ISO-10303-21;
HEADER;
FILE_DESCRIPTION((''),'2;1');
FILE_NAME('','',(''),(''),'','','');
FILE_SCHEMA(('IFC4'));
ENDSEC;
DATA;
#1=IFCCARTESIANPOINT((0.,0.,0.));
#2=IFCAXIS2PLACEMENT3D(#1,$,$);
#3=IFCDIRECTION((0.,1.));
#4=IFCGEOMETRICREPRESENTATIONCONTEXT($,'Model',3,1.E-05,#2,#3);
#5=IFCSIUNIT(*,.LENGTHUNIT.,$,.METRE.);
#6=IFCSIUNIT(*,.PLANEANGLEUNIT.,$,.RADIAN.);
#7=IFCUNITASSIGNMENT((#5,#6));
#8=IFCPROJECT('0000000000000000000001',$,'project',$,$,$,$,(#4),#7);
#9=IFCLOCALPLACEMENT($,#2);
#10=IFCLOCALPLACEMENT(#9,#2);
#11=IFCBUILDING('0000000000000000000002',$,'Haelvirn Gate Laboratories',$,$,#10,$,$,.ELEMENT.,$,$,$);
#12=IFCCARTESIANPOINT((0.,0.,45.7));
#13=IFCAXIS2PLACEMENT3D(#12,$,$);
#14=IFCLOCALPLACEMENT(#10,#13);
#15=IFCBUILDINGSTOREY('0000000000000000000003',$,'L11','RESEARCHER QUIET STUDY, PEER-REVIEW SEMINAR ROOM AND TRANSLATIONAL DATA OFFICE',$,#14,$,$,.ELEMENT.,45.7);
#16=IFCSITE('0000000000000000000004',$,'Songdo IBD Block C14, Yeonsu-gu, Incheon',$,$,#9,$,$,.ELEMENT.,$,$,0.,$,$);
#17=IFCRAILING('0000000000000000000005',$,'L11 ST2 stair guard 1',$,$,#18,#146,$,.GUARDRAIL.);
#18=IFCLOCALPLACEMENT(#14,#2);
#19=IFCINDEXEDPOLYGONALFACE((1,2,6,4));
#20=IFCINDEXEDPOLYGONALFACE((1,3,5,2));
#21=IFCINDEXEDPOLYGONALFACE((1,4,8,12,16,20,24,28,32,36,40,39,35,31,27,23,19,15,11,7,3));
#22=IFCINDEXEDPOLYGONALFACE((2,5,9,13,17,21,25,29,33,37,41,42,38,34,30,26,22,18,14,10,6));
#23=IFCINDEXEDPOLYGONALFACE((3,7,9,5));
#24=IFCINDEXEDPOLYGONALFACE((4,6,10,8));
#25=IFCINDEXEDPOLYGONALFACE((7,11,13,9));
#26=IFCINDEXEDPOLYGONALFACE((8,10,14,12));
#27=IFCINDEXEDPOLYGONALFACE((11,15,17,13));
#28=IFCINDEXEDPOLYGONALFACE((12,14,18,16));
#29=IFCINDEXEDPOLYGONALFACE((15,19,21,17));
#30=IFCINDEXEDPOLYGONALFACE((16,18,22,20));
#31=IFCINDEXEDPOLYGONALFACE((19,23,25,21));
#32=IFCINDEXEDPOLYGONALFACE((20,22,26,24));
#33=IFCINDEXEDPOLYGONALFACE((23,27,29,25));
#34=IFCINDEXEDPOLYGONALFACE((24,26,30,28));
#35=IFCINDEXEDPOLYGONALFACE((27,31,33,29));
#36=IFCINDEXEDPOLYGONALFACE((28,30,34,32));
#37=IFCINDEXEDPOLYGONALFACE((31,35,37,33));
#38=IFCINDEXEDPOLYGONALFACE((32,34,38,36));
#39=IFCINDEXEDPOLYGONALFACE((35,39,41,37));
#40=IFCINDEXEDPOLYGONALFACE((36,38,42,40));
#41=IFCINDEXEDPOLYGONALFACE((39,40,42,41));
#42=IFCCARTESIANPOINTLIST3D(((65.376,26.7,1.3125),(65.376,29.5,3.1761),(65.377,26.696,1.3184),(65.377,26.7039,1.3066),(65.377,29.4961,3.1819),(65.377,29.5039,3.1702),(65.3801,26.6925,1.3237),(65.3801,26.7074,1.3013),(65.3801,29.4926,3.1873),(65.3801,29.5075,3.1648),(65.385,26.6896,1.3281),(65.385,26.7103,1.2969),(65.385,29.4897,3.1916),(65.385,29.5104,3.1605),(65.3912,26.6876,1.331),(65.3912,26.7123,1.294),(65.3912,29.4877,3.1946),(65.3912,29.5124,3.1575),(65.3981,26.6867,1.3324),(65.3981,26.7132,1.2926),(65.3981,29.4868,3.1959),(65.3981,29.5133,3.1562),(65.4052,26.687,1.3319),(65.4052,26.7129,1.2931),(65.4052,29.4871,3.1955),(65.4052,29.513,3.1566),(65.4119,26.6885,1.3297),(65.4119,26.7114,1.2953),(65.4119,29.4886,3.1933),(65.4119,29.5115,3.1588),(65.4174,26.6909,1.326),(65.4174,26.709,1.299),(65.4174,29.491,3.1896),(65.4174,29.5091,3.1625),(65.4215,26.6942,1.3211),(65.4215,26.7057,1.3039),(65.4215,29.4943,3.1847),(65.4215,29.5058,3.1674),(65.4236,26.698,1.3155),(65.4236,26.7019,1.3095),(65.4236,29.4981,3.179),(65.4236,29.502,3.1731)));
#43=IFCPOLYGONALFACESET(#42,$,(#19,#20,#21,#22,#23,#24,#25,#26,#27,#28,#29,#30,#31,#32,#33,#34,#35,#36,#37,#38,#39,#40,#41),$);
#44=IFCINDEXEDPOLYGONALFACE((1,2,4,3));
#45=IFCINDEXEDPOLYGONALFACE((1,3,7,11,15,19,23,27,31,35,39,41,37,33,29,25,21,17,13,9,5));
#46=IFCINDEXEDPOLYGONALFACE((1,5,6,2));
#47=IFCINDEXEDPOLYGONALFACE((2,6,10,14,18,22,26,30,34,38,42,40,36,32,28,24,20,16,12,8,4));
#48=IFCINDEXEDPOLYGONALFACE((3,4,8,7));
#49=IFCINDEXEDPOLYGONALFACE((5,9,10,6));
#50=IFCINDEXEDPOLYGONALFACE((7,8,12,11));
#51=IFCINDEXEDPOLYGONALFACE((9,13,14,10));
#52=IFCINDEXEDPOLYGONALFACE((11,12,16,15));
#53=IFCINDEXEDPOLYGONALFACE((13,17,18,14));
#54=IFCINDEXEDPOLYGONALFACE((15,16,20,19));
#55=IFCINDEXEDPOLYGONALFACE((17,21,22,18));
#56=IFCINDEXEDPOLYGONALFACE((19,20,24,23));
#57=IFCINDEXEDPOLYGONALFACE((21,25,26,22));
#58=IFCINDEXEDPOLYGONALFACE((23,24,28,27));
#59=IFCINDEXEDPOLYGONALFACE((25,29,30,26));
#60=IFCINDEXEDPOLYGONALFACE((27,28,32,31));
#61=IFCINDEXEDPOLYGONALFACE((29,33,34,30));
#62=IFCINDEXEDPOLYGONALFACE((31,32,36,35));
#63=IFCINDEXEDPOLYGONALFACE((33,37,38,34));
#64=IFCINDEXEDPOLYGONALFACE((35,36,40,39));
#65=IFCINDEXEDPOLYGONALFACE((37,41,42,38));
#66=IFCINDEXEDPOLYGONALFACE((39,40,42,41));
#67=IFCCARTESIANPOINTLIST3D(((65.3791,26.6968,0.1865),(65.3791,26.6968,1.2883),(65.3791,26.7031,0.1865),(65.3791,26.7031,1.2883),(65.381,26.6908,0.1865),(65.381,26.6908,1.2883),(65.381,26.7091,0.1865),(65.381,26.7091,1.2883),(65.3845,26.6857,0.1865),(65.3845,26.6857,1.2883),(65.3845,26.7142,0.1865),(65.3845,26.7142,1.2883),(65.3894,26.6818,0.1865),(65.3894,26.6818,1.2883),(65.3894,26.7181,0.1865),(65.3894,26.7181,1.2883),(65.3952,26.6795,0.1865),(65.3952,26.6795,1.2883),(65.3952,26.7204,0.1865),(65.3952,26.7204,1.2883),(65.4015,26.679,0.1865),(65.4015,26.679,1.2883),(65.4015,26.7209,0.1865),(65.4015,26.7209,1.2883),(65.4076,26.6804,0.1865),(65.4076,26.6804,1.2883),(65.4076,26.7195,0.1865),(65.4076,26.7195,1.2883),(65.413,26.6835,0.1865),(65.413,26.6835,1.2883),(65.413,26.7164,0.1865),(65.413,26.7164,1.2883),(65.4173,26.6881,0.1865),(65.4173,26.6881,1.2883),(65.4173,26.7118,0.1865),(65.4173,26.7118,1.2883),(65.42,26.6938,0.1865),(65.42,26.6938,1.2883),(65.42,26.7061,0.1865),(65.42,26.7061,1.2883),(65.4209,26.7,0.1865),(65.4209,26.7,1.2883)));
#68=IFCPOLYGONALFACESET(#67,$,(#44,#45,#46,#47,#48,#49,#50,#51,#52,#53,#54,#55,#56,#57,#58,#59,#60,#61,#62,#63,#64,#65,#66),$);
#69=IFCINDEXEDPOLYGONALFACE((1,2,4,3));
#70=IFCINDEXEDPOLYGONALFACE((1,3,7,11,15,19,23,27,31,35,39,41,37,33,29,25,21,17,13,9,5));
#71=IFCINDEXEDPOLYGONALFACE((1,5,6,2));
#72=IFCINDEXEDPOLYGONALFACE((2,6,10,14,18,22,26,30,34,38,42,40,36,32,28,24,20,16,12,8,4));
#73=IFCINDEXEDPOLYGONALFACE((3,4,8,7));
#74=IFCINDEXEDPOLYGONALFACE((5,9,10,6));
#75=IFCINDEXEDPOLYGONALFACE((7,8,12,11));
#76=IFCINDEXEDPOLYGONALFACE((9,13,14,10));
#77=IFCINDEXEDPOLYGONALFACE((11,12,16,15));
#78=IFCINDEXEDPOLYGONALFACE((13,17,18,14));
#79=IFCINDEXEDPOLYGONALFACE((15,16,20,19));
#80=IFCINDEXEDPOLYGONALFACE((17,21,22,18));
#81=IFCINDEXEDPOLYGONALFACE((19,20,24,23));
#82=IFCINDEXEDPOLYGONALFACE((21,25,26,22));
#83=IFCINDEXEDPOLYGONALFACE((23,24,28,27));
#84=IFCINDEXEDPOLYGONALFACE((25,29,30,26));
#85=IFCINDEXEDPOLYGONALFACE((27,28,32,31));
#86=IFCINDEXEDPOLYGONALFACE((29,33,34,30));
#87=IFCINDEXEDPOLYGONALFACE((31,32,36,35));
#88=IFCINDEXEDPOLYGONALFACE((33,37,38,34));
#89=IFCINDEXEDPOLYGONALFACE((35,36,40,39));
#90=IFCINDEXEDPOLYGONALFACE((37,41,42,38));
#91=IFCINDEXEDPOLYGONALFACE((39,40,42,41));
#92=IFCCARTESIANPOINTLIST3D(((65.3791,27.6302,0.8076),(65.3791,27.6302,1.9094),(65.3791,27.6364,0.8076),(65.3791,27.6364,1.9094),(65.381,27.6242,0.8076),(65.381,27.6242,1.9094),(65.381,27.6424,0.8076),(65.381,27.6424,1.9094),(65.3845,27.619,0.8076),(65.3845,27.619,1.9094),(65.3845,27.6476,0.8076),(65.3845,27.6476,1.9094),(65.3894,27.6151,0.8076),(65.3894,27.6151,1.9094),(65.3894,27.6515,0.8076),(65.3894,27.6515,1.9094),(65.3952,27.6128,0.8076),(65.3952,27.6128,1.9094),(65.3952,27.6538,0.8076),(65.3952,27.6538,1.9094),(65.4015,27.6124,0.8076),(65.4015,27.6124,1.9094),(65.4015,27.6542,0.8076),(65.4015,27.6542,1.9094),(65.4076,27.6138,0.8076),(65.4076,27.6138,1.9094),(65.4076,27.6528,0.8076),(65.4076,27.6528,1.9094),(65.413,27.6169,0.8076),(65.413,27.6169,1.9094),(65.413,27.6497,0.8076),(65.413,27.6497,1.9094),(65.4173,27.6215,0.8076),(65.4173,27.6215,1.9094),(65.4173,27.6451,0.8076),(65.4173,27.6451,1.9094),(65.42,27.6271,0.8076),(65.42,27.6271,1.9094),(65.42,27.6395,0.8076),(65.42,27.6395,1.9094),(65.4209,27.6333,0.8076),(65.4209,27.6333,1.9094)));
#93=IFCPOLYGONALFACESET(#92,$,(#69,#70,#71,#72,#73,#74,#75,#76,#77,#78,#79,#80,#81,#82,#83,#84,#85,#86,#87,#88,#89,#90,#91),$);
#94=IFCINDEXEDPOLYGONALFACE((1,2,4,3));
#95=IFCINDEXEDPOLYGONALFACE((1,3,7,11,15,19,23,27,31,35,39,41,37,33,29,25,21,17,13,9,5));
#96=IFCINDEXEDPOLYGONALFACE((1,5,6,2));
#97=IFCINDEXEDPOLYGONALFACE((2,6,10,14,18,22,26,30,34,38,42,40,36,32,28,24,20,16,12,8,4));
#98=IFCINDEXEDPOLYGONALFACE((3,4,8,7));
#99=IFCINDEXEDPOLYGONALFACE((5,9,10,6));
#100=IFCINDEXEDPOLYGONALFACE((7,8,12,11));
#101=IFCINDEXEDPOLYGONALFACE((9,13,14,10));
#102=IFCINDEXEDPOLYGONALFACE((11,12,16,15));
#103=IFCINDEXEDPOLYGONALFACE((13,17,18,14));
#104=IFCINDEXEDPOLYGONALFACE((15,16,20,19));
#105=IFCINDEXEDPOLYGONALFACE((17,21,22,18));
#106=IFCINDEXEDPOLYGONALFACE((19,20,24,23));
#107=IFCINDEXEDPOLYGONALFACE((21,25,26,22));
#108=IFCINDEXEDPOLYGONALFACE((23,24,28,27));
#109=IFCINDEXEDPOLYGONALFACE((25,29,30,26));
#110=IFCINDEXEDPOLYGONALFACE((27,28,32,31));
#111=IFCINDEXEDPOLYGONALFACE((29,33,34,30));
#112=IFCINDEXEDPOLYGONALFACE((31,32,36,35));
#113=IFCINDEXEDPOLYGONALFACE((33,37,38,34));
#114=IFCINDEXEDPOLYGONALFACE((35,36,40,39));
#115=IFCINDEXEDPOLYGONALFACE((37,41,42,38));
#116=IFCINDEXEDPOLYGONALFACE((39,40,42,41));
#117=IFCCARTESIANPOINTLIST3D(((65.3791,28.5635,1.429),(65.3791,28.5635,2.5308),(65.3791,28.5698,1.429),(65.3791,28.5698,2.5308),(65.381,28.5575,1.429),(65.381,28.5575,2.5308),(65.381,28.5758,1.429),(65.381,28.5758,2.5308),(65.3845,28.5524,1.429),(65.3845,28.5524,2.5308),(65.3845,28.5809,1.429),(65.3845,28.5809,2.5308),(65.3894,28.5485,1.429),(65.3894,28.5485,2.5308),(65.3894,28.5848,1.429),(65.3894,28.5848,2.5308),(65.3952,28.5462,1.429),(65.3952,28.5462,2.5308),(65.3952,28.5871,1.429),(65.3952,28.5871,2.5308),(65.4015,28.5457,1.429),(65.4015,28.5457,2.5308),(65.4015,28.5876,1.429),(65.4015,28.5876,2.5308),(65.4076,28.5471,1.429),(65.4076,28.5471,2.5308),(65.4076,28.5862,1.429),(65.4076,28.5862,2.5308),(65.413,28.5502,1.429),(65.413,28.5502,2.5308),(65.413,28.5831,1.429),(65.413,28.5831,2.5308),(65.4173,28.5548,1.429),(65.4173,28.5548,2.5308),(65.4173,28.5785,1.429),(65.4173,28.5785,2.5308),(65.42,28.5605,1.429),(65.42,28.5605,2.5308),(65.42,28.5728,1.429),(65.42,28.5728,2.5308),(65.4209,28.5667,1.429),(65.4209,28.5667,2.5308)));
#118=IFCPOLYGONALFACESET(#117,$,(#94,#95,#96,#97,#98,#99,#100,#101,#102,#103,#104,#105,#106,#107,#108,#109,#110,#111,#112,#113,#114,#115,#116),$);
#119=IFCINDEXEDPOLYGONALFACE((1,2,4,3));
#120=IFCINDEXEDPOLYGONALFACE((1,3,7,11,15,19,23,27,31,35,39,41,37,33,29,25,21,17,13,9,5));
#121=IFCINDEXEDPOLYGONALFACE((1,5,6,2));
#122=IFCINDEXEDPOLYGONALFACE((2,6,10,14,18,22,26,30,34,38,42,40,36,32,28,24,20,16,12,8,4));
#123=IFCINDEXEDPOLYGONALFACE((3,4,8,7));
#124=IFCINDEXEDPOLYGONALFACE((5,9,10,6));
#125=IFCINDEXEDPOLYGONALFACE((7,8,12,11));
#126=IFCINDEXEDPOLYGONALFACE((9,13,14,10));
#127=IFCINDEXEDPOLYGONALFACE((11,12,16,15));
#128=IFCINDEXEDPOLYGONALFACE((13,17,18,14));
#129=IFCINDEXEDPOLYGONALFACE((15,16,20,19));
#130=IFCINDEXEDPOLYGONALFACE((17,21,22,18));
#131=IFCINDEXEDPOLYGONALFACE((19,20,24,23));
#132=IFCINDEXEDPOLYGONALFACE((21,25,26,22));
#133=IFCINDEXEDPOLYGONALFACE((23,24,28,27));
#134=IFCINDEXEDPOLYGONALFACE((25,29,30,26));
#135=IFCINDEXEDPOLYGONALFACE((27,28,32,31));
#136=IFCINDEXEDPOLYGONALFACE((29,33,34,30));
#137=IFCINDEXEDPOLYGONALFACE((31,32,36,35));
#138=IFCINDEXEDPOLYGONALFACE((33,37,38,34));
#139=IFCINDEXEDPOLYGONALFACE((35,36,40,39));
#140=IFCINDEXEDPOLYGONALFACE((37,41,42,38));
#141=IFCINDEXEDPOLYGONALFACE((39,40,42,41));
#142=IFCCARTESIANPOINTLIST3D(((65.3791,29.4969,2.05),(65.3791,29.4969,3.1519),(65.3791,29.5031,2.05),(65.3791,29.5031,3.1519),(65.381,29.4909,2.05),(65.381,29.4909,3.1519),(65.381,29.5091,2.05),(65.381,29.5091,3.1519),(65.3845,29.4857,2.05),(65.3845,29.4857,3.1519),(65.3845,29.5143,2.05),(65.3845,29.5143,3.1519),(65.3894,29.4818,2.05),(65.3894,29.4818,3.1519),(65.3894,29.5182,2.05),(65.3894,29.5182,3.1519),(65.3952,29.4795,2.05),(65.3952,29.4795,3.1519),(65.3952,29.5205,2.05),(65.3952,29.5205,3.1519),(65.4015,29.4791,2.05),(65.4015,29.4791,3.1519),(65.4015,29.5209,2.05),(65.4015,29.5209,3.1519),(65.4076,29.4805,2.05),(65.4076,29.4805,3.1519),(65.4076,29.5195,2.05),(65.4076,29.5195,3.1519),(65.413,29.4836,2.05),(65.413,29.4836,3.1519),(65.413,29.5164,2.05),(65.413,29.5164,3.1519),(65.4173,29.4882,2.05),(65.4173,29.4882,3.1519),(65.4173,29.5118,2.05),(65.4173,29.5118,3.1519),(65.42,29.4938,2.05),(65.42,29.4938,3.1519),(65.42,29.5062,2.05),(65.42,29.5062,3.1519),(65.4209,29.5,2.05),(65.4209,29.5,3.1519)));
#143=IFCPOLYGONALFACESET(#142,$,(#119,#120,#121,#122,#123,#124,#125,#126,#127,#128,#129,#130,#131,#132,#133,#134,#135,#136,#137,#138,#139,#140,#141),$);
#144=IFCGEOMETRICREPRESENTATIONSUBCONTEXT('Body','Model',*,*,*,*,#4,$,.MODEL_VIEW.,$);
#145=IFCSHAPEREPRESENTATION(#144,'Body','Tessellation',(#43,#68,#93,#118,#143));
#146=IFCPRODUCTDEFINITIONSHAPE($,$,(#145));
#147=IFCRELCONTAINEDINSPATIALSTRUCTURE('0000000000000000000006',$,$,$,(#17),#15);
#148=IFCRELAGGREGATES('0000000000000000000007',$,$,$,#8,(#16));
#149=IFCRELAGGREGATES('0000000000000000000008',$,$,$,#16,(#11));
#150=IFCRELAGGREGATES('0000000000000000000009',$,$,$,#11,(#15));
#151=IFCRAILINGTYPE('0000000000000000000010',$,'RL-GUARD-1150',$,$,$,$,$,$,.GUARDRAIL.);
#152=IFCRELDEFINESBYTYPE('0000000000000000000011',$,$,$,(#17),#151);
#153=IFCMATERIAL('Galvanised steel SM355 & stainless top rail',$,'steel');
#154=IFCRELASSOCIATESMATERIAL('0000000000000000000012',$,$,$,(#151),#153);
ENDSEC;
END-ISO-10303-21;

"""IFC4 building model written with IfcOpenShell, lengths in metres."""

from ifc_helpers import new_model, si_unit, direction, frame, origin, origin_2d, place, context, subcontext, project, spatial, circle, extrude, source, transform, mapped, material, type_object, element, save


model = new_model("IFC4")

# Units and contexts
model_context = context("Model", 3, precision=1e-05, world=origin(), true_north=direction((0.0, 1.0)))
body_context = subcontext(model_context, "Body", "Model", "MODEL_VIEW")
ifc_project = project(units=[si_unit("LENGTHUNIT", "METRE"), si_unit("PLANEANGLEUNIT", "RADIAN")], contexts=[model_context])

# Site, building, storey
site_placement = place(None, origin())
site = spatial("IfcSite", under=ifc_project, at=site_placement, Name="Songdo IBD Block C14, Yeonsu-gu, Incheon", CompositionType="ELEMENT", RefElevation=0.0)
building_placement = place(site_placement, origin())
building = spatial("IfcBuilding", under=site, at=building_placement, Name="Haelvirn Gate Laboratories", CompositionType="ELEMENT")
storey_placement = place(building_placement, frame((0.0, 0.0, 45.7)))
storey = spatial("IfcBuildingStorey", under=building, at=storey_placement, Name="L11", Description="RESEARCHER QUIET STUDY, PEER-REVIEW SEMINAR ROOM AND TRANSLATIONAL DATA OFFICE", CompositionType="ELEMENT", Elevation=45.7)

# Railing
ifc_material_1 = material(Name="Galvanised steel SM355 & stainless top rail", Category="steel")
railing_type_1 = type_object("IfcRailingType", Name="RL-GUARD-1150", PredefinedType="GUARDRAIL", material=ifc_material_1)
shared_shape_1 = source(origin(), body_context, "Body", "SweptSolid", [
    extrude(circle(Radius=0.0239, at=origin_2d()), frame((0.0, 0.0, 1.126), z_axis=(0.0, 0.832486, 0.554047), x_axis=(-1.0, 0.0, 0.0)), (0.0, 0.0, 1.0), 3.3635),
    extrude(circle(Radius=0.021, at=origin_2d()), origin(), (0.0, 0.0, 1.0), 1.1018),
    extrude(circle(Radius=0.021, at=origin_2d()), frame((0.0, 0.9333, 0.6211)), (0.0, 0.0, 1.0), 1.1018),
    extrude(circle(Radius=0.021, at=origin_2d()), frame((0.0, 1.8667, 1.2424)), (0.0, 0.0, 1.0), 1.1018),
    extrude(circle(Radius=0.021, at=origin_2d()), frame((0.0, 2.8, 1.8635)), (0.0, 0.0, 1.0), 1.1018),
])
railing_1_placement = place(storey_placement, frame((65.3999, 26.7, 0.1865)))
element("IfcRailing", 1, at=railing_1_placement, inside=storey, type_object=railing_type_1, Name="L11 ST2 stair guard 1", PredefinedType="GUARDRAIL", context=body_context, shape_type="MappedRepresentation", body=[
    mapped(shared_shape_1, transform((0.0, 0.0, 0.0), scale=1.0)),
])

save(model, "model.ifc")
